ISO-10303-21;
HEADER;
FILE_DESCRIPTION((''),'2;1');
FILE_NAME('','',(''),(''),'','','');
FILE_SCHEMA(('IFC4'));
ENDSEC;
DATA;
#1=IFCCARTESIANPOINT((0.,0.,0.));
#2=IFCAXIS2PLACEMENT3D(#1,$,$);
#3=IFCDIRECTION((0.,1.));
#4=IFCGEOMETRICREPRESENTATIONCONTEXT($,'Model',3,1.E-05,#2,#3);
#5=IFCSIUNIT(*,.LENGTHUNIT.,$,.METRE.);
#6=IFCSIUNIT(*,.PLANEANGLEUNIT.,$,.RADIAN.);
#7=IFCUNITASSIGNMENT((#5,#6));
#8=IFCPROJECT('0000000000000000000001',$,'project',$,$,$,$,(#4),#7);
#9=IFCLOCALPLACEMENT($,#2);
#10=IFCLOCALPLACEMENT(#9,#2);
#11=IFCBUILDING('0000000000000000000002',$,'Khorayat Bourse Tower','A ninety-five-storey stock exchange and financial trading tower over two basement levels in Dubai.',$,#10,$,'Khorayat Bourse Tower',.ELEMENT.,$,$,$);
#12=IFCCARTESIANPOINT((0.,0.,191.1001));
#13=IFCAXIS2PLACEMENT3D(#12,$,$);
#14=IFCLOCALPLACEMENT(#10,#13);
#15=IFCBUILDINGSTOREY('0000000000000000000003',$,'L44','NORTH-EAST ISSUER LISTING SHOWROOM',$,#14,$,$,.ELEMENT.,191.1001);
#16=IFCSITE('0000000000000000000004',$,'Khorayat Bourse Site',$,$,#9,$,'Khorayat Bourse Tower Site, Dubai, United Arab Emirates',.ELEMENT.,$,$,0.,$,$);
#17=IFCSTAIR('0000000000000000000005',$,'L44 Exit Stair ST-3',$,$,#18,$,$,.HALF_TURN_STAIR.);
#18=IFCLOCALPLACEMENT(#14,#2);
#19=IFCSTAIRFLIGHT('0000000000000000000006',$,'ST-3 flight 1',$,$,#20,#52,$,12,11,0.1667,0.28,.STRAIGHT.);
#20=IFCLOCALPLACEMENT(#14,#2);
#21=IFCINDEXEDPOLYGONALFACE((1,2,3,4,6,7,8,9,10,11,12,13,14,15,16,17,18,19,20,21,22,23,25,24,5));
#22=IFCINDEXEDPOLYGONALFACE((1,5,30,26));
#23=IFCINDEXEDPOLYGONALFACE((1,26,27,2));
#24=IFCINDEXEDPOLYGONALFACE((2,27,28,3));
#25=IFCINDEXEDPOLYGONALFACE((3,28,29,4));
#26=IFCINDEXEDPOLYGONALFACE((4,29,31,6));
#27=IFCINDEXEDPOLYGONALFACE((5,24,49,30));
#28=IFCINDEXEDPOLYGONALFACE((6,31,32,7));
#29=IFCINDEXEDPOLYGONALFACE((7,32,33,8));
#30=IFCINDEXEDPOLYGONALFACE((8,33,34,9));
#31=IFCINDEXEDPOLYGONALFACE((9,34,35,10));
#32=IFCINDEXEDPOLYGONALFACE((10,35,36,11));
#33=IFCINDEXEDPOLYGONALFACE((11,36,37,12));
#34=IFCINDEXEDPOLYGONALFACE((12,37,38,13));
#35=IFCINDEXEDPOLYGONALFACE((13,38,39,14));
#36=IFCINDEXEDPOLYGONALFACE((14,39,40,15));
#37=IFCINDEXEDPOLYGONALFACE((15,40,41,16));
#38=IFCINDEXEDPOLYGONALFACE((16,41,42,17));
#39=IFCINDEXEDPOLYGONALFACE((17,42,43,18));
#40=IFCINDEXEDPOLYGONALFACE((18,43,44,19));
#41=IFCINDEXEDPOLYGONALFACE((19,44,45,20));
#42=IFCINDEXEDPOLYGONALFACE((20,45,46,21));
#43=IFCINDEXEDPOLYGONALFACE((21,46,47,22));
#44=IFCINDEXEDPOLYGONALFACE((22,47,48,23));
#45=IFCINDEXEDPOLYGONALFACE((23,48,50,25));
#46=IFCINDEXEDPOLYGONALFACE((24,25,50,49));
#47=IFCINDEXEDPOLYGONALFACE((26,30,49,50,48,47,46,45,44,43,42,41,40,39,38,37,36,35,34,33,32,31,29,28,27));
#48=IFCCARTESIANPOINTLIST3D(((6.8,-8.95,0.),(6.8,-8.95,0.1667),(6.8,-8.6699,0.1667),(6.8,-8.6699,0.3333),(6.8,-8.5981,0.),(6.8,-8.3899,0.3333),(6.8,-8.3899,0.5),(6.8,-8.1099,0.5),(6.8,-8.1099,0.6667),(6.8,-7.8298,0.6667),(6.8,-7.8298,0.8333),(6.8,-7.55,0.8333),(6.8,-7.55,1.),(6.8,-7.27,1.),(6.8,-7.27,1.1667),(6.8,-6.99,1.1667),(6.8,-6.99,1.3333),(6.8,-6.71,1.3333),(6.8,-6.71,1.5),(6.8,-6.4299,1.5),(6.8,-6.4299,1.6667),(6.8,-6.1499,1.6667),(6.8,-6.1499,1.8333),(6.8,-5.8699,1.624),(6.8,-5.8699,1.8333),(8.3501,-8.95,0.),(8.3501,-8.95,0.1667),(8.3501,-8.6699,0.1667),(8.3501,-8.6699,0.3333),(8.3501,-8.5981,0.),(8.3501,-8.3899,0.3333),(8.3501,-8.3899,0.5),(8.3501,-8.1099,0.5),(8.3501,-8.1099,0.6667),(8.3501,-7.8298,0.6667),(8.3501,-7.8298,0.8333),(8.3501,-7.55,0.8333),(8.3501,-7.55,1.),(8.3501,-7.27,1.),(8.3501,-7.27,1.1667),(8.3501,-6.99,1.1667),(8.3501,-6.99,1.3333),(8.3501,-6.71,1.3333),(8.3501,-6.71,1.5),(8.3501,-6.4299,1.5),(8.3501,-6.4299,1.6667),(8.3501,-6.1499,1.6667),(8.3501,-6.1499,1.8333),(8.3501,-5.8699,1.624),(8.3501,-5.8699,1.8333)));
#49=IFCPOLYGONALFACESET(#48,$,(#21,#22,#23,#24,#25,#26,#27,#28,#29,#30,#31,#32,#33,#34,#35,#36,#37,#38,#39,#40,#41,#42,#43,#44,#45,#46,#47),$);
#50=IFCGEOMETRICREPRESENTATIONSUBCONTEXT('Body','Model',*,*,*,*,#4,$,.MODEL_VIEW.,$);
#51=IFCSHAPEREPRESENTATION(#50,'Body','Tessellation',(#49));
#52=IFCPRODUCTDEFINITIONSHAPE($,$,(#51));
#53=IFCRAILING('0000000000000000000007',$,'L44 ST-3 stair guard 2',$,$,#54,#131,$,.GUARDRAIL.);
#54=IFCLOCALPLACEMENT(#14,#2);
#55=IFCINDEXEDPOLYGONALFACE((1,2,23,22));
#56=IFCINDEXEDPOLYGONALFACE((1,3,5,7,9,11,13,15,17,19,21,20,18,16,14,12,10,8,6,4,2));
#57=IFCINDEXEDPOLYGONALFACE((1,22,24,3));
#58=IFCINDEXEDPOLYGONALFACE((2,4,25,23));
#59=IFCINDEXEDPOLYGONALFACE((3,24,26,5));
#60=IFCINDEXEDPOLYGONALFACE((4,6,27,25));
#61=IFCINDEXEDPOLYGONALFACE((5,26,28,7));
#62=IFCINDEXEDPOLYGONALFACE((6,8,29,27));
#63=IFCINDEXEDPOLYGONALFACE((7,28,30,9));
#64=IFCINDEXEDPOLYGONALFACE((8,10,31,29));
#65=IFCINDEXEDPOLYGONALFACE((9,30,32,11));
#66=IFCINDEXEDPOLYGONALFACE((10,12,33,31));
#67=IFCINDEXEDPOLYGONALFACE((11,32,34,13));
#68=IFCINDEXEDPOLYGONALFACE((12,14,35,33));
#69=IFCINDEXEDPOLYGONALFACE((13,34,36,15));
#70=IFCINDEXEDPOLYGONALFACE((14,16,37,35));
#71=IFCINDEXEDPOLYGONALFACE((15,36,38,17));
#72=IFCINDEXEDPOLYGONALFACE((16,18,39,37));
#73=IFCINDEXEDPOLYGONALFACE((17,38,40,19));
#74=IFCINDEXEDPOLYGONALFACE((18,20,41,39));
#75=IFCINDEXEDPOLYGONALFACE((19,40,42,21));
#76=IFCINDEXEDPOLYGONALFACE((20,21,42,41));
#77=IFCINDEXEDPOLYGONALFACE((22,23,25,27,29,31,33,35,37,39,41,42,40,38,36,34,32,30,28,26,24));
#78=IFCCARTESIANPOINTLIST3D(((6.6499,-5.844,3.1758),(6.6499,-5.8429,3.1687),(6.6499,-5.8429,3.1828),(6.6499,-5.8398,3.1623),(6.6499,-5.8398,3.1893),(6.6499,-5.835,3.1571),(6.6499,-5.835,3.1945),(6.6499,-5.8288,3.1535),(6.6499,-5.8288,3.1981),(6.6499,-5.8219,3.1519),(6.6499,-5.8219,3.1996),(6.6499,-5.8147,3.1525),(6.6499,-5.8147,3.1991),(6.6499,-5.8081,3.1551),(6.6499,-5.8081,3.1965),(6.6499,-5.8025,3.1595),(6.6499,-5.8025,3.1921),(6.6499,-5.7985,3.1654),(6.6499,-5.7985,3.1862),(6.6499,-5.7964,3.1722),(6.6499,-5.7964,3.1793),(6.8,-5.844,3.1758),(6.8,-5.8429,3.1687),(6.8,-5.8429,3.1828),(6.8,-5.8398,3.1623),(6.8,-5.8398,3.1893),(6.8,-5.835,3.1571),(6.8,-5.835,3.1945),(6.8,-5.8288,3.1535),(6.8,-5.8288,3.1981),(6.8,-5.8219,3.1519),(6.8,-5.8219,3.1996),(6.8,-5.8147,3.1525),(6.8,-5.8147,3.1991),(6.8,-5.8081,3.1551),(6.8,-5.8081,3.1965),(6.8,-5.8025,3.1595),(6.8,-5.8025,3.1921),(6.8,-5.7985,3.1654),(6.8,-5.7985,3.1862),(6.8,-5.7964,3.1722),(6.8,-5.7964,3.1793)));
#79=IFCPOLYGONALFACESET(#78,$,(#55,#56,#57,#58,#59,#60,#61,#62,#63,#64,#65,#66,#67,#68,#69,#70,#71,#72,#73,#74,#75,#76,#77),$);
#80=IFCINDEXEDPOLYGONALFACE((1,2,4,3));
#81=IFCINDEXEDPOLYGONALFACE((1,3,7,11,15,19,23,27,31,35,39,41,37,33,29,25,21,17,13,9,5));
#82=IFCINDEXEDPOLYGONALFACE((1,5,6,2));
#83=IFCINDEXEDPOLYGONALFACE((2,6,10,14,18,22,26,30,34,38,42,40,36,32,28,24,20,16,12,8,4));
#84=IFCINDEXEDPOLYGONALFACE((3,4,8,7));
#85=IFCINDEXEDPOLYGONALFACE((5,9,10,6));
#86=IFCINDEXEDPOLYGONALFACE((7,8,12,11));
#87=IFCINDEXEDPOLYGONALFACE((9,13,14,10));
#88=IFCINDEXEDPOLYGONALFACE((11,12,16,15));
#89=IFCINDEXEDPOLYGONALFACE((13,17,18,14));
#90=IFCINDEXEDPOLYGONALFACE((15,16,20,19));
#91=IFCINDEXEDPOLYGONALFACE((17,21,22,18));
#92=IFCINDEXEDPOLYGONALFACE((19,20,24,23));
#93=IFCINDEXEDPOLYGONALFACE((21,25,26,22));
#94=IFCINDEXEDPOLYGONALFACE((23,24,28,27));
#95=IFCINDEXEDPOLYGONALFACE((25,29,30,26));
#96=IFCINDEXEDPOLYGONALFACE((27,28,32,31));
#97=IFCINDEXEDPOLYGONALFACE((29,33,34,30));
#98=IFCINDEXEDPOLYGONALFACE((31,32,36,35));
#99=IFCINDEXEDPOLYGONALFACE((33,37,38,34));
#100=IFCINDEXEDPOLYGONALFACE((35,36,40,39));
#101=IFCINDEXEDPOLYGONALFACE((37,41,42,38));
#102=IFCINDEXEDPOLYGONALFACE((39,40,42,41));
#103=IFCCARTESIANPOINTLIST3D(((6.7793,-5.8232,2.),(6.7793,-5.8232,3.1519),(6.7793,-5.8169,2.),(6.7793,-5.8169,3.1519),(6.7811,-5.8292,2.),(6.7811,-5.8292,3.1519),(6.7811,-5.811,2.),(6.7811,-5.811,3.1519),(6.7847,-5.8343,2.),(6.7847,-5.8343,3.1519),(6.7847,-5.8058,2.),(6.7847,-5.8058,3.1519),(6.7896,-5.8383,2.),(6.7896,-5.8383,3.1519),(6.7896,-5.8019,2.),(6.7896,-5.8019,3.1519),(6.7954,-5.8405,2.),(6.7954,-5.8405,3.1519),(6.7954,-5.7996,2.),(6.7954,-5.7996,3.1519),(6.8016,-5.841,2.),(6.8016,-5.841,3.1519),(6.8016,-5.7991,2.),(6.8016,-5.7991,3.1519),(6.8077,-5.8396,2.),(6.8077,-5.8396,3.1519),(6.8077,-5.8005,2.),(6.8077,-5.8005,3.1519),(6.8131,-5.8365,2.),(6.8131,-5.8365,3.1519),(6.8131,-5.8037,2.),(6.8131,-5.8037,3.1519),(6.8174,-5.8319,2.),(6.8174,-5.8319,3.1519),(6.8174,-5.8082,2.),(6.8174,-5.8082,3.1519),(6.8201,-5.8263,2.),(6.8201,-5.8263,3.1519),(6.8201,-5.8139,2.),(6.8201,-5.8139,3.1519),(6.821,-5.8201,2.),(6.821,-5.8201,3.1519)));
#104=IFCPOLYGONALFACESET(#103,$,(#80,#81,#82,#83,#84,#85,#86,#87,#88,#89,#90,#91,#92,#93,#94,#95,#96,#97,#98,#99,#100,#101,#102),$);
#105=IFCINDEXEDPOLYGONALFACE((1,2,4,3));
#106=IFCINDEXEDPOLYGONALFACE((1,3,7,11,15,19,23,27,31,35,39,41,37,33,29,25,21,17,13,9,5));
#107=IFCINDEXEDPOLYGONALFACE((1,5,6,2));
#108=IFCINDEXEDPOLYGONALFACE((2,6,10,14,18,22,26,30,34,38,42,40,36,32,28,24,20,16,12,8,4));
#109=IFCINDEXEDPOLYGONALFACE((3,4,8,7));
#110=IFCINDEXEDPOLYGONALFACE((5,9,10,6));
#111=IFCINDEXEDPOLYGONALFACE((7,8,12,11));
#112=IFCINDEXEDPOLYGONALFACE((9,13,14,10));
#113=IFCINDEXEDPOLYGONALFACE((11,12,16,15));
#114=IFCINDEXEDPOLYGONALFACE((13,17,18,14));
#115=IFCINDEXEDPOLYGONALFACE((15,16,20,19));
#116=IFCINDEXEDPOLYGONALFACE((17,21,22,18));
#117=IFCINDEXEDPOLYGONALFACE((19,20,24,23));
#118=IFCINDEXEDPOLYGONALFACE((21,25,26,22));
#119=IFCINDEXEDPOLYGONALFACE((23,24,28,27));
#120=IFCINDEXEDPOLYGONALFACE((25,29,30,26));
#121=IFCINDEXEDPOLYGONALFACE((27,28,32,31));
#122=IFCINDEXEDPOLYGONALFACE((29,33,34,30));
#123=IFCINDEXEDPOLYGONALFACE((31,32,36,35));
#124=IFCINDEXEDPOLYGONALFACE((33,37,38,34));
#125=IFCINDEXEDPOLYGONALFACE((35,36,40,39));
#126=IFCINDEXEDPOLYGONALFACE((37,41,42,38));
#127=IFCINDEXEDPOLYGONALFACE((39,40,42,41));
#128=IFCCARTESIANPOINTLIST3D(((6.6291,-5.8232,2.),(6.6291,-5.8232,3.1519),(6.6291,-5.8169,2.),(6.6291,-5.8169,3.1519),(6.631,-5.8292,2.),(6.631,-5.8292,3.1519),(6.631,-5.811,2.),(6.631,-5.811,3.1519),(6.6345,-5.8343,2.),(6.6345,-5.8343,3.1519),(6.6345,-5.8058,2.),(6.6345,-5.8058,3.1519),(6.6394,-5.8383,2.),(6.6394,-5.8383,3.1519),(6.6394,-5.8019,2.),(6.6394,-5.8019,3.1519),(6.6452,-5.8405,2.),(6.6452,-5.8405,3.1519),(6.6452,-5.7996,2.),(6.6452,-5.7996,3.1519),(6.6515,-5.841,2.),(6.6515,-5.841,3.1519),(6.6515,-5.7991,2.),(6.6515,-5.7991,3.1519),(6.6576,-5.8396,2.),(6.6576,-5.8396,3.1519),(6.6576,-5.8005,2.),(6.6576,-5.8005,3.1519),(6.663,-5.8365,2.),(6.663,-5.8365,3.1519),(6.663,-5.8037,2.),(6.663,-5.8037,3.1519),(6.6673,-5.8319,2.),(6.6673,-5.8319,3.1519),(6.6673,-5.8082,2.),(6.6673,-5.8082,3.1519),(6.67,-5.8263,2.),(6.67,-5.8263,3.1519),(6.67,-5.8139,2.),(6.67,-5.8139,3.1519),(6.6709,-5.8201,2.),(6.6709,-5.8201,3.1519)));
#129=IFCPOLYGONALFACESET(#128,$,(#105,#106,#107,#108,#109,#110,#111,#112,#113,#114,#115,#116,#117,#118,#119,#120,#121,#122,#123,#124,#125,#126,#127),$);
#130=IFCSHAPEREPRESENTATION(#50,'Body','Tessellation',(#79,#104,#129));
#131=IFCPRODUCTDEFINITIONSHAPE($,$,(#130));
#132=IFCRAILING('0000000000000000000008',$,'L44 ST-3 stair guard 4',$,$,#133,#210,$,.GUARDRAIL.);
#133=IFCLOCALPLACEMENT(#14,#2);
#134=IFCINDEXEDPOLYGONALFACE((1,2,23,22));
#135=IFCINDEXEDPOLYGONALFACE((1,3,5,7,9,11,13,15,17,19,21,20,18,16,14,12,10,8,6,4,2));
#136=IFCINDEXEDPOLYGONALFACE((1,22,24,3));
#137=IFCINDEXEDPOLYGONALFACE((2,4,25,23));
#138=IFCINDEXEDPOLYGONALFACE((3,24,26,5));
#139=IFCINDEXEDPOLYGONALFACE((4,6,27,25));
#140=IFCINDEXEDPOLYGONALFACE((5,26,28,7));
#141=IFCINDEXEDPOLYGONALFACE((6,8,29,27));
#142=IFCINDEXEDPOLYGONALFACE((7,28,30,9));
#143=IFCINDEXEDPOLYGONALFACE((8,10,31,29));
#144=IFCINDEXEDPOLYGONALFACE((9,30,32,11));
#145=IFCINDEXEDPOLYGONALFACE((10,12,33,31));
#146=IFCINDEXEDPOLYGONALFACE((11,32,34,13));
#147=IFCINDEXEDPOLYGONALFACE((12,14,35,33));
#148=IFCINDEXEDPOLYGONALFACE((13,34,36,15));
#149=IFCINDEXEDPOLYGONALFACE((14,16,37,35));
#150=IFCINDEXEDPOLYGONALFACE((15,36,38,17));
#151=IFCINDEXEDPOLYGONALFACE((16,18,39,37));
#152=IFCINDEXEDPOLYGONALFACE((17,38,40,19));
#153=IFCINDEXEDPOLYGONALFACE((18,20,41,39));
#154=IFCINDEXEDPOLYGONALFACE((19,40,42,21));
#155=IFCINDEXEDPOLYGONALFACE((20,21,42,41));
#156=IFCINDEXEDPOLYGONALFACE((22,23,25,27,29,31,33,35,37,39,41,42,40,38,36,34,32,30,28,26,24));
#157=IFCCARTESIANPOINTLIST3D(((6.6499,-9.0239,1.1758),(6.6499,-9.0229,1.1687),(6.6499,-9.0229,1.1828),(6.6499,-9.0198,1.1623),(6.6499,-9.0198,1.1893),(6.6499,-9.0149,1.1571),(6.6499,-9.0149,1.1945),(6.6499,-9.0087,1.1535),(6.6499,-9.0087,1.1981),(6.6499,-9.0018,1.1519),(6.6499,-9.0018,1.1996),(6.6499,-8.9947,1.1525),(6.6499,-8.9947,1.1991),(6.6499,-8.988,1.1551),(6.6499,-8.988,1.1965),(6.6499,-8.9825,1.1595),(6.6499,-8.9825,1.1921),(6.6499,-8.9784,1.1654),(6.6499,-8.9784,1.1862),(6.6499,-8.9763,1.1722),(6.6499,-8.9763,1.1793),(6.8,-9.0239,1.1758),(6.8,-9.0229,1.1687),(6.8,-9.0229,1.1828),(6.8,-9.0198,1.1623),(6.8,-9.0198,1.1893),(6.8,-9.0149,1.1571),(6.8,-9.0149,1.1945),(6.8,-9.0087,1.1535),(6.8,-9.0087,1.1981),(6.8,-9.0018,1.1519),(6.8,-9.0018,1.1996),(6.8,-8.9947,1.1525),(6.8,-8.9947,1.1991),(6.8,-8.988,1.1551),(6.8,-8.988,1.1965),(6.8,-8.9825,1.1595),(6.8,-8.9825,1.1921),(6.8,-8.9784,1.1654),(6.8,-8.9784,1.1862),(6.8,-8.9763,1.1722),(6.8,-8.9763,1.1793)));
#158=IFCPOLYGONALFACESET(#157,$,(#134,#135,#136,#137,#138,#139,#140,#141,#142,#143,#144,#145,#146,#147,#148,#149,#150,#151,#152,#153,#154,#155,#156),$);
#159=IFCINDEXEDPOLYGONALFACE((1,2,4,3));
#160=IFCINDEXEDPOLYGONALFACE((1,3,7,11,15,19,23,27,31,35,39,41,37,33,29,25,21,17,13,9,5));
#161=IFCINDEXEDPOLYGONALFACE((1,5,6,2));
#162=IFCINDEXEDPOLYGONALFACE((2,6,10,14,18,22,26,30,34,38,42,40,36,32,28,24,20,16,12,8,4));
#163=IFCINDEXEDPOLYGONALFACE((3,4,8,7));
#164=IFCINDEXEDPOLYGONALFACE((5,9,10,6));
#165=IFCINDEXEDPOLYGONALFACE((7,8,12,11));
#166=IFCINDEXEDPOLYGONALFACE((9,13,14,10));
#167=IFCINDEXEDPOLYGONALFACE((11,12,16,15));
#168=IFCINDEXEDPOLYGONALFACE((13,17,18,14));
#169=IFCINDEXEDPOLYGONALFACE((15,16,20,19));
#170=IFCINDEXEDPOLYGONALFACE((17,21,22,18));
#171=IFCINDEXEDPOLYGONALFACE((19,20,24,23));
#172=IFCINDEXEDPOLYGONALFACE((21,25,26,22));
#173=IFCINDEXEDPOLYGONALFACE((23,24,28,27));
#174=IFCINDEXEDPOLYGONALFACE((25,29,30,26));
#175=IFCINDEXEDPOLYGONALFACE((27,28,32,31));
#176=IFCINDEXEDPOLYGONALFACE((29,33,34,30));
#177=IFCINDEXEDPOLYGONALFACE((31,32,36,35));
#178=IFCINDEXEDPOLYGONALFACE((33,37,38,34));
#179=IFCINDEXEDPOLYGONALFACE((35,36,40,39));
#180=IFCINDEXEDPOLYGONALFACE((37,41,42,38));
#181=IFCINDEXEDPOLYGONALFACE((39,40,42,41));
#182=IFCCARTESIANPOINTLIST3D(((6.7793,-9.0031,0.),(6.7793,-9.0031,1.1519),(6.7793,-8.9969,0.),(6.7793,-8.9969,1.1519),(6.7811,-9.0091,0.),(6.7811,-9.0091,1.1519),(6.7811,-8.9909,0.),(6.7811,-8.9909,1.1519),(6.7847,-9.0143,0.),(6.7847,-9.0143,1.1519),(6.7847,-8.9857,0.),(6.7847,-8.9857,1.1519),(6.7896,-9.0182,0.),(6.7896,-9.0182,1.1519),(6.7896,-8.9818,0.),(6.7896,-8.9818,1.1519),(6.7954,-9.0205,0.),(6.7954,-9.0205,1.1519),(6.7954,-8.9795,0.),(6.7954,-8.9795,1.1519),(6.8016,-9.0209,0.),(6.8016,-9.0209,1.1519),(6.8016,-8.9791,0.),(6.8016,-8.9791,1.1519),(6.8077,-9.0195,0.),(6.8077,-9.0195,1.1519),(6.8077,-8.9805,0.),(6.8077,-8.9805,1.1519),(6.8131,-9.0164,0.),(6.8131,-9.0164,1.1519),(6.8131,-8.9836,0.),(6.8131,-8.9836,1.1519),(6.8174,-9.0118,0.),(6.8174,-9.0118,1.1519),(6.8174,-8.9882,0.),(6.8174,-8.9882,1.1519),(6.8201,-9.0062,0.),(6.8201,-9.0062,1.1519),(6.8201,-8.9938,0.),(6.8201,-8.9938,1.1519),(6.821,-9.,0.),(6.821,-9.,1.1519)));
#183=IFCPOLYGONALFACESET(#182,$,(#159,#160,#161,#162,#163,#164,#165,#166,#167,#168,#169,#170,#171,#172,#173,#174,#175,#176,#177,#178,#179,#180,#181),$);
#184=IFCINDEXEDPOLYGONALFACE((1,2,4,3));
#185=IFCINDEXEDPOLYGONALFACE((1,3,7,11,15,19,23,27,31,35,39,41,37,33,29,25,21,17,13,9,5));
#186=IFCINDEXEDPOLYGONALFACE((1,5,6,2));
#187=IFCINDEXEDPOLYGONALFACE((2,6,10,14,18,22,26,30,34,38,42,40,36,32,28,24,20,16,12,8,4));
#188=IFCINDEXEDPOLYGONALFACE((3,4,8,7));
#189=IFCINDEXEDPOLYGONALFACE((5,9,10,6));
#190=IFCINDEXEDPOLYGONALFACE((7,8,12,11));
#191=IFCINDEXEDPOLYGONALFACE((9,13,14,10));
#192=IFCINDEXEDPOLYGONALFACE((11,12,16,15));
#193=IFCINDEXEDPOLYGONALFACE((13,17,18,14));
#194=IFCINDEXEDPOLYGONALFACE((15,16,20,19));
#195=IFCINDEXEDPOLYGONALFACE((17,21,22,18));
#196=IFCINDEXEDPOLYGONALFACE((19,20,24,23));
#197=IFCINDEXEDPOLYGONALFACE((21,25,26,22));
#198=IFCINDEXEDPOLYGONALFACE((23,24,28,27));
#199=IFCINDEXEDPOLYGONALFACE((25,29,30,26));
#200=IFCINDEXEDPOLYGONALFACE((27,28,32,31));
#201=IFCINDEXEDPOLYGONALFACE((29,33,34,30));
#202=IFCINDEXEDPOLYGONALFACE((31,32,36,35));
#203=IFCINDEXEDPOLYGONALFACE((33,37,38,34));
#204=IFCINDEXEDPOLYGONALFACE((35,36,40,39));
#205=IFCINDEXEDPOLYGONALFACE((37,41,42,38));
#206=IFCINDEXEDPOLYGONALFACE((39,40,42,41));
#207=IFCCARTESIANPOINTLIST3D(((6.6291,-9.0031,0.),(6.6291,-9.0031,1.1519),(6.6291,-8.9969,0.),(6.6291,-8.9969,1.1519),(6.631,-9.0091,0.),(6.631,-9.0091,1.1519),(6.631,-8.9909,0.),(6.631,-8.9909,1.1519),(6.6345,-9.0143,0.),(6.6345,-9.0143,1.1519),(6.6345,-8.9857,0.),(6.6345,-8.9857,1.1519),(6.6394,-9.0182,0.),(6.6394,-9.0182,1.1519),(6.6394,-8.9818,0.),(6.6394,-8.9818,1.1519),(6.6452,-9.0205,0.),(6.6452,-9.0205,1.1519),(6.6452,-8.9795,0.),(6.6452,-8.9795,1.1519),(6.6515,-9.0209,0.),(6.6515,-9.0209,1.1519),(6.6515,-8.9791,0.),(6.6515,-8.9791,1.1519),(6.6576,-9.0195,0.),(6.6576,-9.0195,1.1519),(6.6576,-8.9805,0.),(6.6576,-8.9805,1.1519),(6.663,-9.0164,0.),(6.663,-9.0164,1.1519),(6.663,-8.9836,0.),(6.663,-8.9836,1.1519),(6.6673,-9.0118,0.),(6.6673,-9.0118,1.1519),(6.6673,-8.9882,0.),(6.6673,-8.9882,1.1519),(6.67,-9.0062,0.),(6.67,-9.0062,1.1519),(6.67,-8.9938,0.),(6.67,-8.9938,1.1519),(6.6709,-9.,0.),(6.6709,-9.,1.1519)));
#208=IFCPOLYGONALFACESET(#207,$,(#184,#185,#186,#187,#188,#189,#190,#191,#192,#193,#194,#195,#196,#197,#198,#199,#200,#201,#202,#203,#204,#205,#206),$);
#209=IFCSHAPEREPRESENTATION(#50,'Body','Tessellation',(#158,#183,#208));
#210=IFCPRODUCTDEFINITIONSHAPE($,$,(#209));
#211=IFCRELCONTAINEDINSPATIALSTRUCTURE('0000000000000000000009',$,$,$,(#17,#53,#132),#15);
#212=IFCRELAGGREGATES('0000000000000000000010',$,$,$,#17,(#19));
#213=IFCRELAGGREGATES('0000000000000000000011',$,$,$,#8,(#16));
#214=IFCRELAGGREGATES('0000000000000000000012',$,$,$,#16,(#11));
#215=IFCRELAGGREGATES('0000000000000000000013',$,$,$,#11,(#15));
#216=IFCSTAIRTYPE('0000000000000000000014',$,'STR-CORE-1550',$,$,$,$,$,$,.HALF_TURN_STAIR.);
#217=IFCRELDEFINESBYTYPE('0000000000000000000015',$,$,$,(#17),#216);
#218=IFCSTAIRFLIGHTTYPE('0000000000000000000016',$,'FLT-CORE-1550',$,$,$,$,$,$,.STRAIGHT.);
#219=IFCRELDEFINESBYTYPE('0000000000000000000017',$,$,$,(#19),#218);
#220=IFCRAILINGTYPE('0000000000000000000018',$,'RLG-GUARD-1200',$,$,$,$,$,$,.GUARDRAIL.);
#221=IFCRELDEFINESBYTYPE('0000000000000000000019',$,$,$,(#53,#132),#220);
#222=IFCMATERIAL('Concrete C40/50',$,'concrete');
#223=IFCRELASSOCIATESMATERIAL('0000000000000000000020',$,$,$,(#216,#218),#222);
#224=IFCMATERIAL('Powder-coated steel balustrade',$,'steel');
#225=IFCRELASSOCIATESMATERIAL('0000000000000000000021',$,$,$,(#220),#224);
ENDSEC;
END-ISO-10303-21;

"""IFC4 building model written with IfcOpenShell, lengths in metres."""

from ifc_helpers import new_model, si_unit, direction, frame, origin, origin_2d, place, context, subcontext, project, spatial, polyline, circle, outline, extrude, source, transform, mapped, material, type_object, element, aggregate, save


model = new_model("IFC4")

# Units and contexts
model_context = context("Model", 3, precision=1e-05, world=origin(), true_north=direction((0.0, 1.0)))
body_context = subcontext(model_context, "Body", "Model", "MODEL_VIEW")
ifc_project = project(units=[si_unit("LENGTHUNIT", "METRE"), si_unit("PLANEANGLEUNIT", "RADIAN")], contexts=[model_context])

# Site, building, storey
site_placement = place(None, origin())
site = spatial("IfcSite", under=ifc_project, at=site_placement, Name="Khorayat Bourse Site", LongName="Khorayat Bourse Tower Site, Dubai, United Arab Emirates", CompositionType="ELEMENT", RefElevation=0.0)
building_placement = place(site_placement, origin())
building = spatial("IfcBuilding", under=site, at=building_placement, Name="Khorayat Bourse Tower", Description="A ninety-five-storey stock exchange and financial trading tower over two basement levels in Dubai.", LongName="Khorayat Bourse Tower", CompositionType="ELEMENT")
storey_placement = place(building_placement, frame((0.0, 0.0, 191.1001)))
storey = spatial("IfcBuildingStorey", under=building, at=storey_placement, Name="L44", Description="NORTH-EAST ISSUER LISTING SHOWROOM", CompositionType="ELEMENT", Elevation=191.1001)

# Stair, stair flight
ifc_material_1 = material(Name="Concrete C40/50", Category="concrete")
stair_type = type_object("IfcStairType", Name="STR-CORE-1550", PredefinedType="HALF_TURN_STAIR", material=ifc_material_1)
stair_placement = place(storey_placement, origin())
stair = element("IfcStair", 1, at=stair_placement, inside=storey, type_object=stair_type, Name="L44 Exit Stair ST-3", PredefinedType="HALF_TURN_STAIR")
stair_flight_type = type_object("IfcStairFlightType", Name="FLT-CORE-1550", PredefinedType="STRAIGHT", material=ifc_material_1)
shared_shape_1 = source(origin(), body_context, "Body", "SweptSolid", [
    extrude(outline(polyline([(0.0, 0.0), (0.0, 0.1667), (0.28, 0.1667), (0.28, 0.3333), (0.5601, 0.3333), (0.5601, 0.5), (0.8401, 0.5), (0.8401, 0.6667), (1.1201, 0.6667), (1.1201, 0.8333), (1.3999, 0.8333), (1.3999, 1.0), (1.6799, 1.0), (1.6799, 1.1667), (1.96, 1.1667), (1.96, 1.3333), (2.24, 1.3333), (2.24, 1.5), (2.52, 1.5), (2.52, 1.6667), (2.8, 1.6667), (2.8, 1.8333), (3.0801, 1.8333), (3.0801, 2.0), (3.0801, 1.624), (0.3518, 0.0), (0.0, 0.0)])), frame((0.0, 0.7749, 0.0), z_axis=(0.0, -1.0, 0.0), x_axis=(1.0, 0.0, 0.0)), (0.0, 0.0, 1.0), 1.55),
])
stair_flight_placement = place(storey_placement, frame((7.575, -8.95, 0.0), z_axis=(0.0, 0.0, 1.0), x_axis=(0.0, 1.0, 0.0)))
stair_flight = element("IfcStairFlight", 2, at=stair_flight_placement, type_object=stair_flight_type, Name="ST-3 flight 1", NumberOfRisers=12, NumberOfTreads=11, PredefinedType="STRAIGHT", RiserHeight=0.1667, TreadLength=0.28, context=body_context, shape_type="MappedRepresentation", body=[
    mapped(shared_shape_1, transform((0.0, 0.0, 0.0), scale=1.0)),
])
aggregate(stair, [stair_flight])

# Railings
ifc_material_2 = material(Name="Powder-coated steel balustrade", Category="steel")
railing_type_1 = type_object("IfcRailingType", Name="RLG-GUARD-1200", PredefinedType="GUARDRAIL", material=ifc_material_2)
shared_shape_2 = source(origin(), body_context, "Body", "SweptSolid", [
    extrude(circle(Radius=0.0239, at=origin_2d()), frame((0.0, 0.0, 1.1758), z_axis=(-1.0, 0.0, 0.0), x_axis=(0.0, -1.0, 0.0)), (0.0, 0.0, 1.0), 0.1501),
    extrude(circle(Radius=0.021, at=origin_2d()), origin(), (0.0, 0.0, 1.0), 1.1519),
    extrude(circle(Radius=0.021, at=origin_2d()), frame((-0.1501, 0.0, 0.0)), (0.0, 0.0, 1.0), 1.1519),
])
for number, where, name in (
    (3, (6.8, -5.8201, 2.0), "L44 ST-3 stair guard 2"),
    (4, (6.8, -9.0, 0.0), "L44 ST-3 stair guard 4"),
):
    element("IfcRailing", number, at=place(storey_placement, frame(where)), inside=storey, type_object=railing_type_1, Name=name, PredefinedType="GUARDRAIL", context=body_context, shape_type="MappedRepresentation", body=[
        mapped(shared_shape_2, transform((0.0, 0.0, 0.0), scale=1.0)),
    ])

save(model, "model.ifc")
